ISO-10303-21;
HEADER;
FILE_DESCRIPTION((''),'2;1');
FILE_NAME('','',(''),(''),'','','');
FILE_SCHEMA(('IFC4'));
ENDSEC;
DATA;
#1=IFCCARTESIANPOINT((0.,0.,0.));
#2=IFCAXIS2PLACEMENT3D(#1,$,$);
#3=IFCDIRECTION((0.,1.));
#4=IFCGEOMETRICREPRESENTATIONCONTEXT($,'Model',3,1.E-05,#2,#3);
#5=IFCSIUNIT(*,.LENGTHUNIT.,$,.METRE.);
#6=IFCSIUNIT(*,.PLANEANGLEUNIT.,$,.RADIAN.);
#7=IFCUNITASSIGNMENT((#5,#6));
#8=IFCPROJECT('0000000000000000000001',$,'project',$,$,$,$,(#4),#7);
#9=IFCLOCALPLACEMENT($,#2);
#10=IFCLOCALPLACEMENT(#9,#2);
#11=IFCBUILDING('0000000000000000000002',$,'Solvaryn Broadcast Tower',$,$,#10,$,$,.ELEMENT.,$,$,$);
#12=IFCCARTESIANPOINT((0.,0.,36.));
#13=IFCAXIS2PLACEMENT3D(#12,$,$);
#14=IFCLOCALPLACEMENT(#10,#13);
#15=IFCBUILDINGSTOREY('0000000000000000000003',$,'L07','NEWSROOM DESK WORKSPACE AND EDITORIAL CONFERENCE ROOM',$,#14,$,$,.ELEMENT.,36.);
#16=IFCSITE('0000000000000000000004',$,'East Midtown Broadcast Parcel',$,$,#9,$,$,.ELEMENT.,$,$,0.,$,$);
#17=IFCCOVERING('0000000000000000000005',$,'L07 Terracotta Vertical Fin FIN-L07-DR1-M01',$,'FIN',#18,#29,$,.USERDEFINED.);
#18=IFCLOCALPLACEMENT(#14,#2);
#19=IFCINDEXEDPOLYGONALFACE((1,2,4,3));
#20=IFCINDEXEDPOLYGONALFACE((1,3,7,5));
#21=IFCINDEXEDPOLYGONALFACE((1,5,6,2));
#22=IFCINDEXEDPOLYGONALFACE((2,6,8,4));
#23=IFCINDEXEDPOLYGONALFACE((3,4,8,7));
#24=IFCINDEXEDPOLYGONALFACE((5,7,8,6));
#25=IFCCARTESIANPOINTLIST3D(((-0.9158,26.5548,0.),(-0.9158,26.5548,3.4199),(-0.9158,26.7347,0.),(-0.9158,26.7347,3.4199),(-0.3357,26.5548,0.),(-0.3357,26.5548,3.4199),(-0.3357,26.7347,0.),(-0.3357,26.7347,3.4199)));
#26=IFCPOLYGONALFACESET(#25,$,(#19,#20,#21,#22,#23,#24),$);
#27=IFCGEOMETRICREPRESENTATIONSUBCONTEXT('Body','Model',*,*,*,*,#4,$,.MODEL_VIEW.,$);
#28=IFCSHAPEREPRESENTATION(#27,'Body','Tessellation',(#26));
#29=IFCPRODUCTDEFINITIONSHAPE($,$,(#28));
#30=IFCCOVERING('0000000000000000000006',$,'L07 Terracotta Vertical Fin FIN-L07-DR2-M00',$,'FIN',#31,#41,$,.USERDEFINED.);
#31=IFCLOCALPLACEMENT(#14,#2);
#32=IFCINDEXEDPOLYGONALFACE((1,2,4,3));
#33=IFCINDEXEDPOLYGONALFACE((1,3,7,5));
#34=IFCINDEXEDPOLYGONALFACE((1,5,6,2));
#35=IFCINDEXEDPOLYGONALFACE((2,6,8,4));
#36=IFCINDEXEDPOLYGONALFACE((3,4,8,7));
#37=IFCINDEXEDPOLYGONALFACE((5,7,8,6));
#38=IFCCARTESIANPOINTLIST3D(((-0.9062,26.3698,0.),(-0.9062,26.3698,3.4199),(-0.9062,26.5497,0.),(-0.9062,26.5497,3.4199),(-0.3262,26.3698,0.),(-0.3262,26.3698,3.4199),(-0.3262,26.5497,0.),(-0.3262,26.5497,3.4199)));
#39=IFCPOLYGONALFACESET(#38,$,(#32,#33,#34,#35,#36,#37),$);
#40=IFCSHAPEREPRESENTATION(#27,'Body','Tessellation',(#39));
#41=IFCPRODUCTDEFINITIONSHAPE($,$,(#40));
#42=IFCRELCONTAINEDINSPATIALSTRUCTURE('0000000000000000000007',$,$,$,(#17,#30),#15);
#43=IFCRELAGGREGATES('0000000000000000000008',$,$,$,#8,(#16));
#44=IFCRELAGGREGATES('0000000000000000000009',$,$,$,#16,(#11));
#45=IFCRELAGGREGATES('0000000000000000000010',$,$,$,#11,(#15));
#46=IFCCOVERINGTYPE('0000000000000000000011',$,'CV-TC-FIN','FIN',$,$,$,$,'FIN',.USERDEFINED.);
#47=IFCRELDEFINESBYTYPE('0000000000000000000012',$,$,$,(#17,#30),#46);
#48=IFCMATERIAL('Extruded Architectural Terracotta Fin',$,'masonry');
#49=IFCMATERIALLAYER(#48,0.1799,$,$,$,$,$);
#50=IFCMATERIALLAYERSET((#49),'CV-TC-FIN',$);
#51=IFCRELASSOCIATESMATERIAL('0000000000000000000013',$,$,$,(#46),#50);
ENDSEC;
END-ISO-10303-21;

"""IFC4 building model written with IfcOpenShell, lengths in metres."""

from ifc_helpers import new_model, si_unit, direction, frame, origin, origin_2d, place, context, subcontext, project, spatial, rectangle, extrude, material, layer, layer_set, type_object, element, save


model = new_model("IFC4")

# Units and contexts
model_context = context("Model", 3, precision=1e-05, world=origin(), true_north=direction((0.0, 1.0)))
body_context = subcontext(model_context, "Body", "Model", "MODEL_VIEW")
ifc_project = project(units=[si_unit("LENGTHUNIT", "METRE"), si_unit("PLANEANGLEUNIT", "RADIAN")], contexts=[model_context])

# Site, building, storey
site_placement = place(None, origin())
site = spatial("IfcSite", under=ifc_project, at=site_placement, Name="East Midtown Broadcast Parcel", CompositionType="ELEMENT", RefElevation=0.0)
building_placement = place(site_placement, origin())
building = spatial("IfcBuilding", under=site, at=building_placement, Name="Solvaryn Broadcast Tower", CompositionType="ELEMENT")
storey_placement = place(building_placement, frame((0.0, 0.0, 36.0)))
storey = spatial("IfcBuildingStorey", under=building, at=storey_placement, Name="L07", Description="NEWSROOM DESK WORKSPACE AND EDITORIAL CONFERENCE ROOM", CompositionType="ELEMENT", Elevation=36.0)

# Coverings
ifc_material_1 = material(Name="Extruded Architectural Terracotta Fin", Category="masonry")
ifc_layer_1 = layer(ifc_material_1, 0.1799)
ifc_layer_set_1 = layer_set([ifc_layer_1], Name="CV-TC-FIN")
covering_type_1 = type_object("IfcCoveringType", Name="CV-TC-FIN", Description="FIN", ElementType="FIN", PredefinedType="USERDEFINED", material=ifc_layer_set_1)
for number, where, z_axis, x_axis, name in (
    (1, (-0.6257, 26.6448, 0.0), (0.0, 0.0, 1.0), (1.0, 0.0, 0.0), "L07 Terracotta Vertical Fin FIN-L07-DR1-M01"),
    (2, (-0.6162, 26.4597, 0.0), (0.0, 0.0, 1.0), (1.0, 0.0, 0.0), "L07 Terracotta Vertical Fin FIN-L07-DR2-M00"),
):
    element("IfcCovering", number, at=place(storey_placement, frame(where, z_axis=z_axis, x_axis=x_axis)), inside=storey, type_object=covering_type_1, Name=name, ObjectType="FIN", PredefinedType="USERDEFINED", context=body_context, shape_type="SweptSolid", body=[
        extrude(rectangle(XDim=0.5801, YDim=0.1799, at=origin_2d()), origin(), (0.0, 0.0, 1.0), 3.4199),
    ])

save(model, "model.ifc")
